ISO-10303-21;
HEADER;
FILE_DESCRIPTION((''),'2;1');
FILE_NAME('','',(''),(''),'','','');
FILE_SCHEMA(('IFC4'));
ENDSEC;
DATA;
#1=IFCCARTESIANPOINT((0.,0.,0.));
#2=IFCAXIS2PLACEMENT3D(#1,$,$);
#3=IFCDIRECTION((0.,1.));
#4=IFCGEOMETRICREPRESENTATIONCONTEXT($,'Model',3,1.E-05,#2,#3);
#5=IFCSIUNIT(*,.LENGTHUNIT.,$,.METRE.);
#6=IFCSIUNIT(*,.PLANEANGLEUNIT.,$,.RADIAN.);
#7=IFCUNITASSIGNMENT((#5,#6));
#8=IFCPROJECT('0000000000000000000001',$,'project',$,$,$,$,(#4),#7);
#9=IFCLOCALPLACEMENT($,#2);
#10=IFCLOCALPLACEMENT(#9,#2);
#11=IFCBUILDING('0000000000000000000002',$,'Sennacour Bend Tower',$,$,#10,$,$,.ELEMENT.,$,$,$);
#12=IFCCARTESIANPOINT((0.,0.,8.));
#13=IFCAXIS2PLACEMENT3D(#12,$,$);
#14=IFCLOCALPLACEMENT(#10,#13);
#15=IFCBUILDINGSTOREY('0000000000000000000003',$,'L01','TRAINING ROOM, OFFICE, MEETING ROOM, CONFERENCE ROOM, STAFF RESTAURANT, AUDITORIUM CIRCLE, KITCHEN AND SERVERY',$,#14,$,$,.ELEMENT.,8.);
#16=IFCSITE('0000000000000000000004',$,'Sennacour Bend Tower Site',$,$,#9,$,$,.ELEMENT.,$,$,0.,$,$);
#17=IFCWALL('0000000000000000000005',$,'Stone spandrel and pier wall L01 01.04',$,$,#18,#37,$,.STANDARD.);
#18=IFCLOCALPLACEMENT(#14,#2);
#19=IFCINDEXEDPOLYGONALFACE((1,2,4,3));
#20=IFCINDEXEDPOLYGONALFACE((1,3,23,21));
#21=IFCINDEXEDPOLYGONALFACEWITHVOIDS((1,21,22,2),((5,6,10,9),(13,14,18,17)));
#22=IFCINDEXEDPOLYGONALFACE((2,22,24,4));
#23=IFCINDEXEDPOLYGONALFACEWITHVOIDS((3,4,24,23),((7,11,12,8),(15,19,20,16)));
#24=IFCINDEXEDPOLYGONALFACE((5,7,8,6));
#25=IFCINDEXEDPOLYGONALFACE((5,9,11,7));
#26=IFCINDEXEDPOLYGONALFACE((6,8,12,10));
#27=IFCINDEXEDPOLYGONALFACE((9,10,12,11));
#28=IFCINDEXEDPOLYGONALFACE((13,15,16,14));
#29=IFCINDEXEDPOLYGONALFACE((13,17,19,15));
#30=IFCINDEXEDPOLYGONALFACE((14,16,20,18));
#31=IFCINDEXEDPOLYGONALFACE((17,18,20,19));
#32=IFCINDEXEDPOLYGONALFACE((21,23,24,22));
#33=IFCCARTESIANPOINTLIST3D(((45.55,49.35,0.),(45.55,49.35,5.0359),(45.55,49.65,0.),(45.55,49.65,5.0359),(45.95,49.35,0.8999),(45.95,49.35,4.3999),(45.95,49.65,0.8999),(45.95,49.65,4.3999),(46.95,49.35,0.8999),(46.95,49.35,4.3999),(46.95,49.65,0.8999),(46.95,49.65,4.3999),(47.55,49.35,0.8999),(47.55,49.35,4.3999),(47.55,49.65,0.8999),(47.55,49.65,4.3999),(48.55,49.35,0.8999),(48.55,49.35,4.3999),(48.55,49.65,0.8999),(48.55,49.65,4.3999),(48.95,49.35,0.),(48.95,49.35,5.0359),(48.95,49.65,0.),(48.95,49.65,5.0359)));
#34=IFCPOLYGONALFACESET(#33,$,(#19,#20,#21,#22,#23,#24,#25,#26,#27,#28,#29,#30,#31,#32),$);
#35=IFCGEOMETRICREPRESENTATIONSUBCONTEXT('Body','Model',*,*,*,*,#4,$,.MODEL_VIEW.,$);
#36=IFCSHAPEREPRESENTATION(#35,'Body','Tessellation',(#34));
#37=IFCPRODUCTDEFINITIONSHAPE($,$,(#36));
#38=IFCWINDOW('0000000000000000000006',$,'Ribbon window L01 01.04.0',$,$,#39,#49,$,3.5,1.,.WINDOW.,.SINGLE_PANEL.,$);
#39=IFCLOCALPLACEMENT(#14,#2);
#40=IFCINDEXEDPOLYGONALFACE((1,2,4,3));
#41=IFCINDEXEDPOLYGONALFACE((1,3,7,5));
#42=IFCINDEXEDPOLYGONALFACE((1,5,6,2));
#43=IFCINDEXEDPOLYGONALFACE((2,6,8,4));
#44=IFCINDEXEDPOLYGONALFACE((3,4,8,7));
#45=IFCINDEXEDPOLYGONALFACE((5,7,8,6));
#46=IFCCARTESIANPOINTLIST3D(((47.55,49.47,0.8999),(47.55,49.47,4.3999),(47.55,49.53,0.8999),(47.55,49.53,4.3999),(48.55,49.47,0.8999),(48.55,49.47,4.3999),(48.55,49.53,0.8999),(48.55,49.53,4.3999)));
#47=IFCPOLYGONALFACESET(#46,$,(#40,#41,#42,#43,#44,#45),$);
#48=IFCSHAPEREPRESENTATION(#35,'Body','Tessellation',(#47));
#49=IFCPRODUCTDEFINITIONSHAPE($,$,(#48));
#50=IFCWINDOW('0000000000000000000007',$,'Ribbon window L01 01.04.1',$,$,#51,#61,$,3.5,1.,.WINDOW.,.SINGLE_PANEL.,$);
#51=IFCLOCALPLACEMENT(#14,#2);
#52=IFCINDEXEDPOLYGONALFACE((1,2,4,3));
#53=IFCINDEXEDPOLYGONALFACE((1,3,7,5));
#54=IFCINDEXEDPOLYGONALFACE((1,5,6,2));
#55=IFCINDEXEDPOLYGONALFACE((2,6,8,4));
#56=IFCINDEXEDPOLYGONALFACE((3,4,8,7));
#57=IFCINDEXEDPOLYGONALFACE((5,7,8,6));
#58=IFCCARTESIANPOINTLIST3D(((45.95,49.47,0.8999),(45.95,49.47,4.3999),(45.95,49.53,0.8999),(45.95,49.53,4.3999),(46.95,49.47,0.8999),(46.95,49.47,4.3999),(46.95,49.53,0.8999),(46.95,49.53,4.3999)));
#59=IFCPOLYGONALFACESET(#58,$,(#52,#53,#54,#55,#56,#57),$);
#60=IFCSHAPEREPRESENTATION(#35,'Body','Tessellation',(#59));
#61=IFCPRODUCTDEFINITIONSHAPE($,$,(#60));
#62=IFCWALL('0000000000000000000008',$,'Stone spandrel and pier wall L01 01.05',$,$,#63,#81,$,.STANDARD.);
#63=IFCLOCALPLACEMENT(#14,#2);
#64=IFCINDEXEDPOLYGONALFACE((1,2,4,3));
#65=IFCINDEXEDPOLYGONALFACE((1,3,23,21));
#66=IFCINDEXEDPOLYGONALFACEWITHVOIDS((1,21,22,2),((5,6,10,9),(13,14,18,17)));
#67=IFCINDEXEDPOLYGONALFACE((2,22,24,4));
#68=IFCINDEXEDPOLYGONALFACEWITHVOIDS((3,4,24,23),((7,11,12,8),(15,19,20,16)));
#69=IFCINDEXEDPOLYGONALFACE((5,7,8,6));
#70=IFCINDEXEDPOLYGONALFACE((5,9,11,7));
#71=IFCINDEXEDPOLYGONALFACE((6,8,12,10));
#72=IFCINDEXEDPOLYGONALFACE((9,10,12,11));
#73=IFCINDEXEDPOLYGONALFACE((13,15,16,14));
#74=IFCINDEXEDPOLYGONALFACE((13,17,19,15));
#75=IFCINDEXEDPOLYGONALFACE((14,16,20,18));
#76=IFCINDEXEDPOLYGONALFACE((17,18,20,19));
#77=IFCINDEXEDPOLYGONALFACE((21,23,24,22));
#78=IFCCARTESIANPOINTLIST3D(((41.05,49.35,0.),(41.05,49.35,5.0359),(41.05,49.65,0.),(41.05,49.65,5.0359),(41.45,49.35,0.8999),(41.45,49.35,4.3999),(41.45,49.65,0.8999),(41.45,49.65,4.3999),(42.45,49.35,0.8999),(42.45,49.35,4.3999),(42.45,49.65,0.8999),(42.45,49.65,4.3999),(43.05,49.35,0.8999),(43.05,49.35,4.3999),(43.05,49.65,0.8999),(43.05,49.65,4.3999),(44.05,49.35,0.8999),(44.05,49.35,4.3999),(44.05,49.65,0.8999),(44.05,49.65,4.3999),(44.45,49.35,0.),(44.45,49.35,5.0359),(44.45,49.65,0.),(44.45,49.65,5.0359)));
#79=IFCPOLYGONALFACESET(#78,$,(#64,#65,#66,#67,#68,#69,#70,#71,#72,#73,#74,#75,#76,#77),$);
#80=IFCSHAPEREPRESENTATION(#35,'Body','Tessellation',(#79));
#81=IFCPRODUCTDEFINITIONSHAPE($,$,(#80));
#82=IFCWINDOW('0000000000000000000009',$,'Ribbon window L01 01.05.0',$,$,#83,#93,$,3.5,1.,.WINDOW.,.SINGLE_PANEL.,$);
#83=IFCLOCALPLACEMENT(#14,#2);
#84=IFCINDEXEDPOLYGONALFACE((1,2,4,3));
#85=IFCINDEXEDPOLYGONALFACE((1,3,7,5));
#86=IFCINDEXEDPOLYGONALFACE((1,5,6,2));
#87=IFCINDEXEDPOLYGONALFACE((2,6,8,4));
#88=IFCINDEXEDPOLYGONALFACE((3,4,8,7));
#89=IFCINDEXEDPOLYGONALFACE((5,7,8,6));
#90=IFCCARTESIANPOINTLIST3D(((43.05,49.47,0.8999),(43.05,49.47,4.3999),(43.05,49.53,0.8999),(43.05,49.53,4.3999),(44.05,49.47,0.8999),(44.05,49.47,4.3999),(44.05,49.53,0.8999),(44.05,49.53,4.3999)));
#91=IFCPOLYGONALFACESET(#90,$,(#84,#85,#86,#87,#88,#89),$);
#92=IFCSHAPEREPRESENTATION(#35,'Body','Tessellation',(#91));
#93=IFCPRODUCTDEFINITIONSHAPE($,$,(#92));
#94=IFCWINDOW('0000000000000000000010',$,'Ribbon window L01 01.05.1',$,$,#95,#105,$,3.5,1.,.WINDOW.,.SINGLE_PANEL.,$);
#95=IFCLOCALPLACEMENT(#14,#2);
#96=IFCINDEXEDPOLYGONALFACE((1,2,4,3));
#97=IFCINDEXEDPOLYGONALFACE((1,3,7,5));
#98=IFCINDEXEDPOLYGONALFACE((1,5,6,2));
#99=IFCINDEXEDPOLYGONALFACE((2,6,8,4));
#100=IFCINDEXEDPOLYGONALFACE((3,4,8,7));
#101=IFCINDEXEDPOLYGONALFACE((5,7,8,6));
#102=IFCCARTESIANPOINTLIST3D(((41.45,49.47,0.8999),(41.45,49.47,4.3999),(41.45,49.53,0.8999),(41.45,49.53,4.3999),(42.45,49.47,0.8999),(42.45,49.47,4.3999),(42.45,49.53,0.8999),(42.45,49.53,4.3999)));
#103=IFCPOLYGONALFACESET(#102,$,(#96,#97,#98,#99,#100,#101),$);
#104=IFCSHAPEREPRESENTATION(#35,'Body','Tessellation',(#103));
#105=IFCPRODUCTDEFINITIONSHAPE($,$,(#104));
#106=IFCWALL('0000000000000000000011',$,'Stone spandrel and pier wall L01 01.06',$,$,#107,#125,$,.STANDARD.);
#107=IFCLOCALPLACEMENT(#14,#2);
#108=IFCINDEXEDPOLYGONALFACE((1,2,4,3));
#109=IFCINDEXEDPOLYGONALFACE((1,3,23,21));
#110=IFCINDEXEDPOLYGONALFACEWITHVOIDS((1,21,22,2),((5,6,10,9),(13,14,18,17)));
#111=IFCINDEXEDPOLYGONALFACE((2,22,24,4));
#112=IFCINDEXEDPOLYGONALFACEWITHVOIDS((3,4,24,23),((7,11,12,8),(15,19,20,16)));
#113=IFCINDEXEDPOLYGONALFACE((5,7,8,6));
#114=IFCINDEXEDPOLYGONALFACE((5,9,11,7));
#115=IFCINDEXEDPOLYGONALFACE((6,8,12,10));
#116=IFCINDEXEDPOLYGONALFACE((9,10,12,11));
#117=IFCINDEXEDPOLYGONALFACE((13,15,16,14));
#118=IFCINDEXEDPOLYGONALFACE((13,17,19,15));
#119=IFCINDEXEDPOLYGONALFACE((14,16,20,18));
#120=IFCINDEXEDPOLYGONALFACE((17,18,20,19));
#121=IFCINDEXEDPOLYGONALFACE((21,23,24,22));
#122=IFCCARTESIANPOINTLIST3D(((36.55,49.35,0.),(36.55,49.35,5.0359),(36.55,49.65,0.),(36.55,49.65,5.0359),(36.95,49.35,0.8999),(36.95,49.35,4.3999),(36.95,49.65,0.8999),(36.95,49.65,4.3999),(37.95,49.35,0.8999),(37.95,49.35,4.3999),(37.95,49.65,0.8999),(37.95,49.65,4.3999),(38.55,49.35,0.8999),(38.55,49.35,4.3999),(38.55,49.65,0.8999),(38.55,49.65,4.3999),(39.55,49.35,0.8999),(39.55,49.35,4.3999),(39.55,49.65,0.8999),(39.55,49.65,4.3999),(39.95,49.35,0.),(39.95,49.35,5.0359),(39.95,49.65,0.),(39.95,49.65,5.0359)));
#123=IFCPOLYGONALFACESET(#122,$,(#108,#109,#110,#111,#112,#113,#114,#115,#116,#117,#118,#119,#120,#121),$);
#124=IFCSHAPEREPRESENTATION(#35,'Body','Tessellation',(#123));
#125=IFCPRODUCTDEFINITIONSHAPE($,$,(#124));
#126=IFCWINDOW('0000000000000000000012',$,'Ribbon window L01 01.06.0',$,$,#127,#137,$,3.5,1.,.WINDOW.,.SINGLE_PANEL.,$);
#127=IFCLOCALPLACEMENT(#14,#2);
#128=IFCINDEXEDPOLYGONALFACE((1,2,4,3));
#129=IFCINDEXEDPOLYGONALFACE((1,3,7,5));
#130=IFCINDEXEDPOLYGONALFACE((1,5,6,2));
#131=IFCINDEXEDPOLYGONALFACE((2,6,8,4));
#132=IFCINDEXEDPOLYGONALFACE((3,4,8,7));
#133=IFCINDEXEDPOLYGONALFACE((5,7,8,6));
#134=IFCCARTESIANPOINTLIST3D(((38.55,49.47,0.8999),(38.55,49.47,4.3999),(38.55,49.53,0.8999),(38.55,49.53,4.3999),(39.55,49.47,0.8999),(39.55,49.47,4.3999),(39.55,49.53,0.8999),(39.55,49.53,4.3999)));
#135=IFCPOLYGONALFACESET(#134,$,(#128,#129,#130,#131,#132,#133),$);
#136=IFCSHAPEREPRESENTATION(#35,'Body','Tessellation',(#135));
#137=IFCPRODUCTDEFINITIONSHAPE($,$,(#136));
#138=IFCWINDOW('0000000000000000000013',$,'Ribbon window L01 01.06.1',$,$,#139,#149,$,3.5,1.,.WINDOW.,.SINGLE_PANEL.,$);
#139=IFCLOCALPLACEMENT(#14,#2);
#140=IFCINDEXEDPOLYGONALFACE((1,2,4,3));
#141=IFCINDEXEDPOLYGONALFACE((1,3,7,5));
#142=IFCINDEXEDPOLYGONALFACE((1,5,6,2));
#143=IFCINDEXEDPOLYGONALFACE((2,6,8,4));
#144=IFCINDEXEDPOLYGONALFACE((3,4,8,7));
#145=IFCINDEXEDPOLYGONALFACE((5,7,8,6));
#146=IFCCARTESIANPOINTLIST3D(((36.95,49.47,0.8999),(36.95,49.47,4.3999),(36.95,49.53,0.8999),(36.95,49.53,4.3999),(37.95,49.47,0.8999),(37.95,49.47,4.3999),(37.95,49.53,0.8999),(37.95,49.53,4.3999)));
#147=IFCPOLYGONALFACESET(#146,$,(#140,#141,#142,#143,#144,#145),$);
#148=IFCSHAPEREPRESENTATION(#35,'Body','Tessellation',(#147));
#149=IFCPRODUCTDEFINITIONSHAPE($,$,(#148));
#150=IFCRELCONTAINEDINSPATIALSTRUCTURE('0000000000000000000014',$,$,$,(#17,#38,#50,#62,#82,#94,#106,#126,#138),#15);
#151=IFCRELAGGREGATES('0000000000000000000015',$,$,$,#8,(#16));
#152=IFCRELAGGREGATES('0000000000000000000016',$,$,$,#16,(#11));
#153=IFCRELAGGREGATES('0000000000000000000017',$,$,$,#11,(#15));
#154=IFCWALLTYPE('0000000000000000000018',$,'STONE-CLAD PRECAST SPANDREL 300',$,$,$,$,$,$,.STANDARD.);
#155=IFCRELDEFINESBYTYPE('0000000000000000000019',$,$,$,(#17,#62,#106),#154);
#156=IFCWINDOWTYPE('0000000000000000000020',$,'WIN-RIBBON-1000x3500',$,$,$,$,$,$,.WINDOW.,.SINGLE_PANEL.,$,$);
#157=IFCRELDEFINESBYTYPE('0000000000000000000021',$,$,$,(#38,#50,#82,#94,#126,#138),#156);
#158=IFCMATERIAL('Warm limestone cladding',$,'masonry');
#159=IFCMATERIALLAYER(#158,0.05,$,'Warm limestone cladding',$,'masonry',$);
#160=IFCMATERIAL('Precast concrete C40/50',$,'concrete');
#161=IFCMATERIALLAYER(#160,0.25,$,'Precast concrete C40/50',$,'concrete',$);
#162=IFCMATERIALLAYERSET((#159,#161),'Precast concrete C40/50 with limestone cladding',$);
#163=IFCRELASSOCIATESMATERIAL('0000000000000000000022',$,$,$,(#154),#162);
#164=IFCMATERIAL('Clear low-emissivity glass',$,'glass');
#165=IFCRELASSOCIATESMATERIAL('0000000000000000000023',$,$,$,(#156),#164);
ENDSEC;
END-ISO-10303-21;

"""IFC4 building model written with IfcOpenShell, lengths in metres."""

from ifc_helpers import new_model, si_unit, direction, frame, frame_2d, origin, place, context, subcontext, project, spatial, rectangle, extrude, material, layer, layer_set, type_object, element, fill, save


model = new_model("IFC4")

# Units and contexts
model_context = context("Model", 3, precision=1e-05, world=origin(), true_north=direction((0.0, 1.0)))
body_context = subcontext(model_context, "Body", "Model", "MODEL_VIEW")
ifc_project = project(units=[si_unit("LENGTHUNIT", "METRE"), si_unit("PLANEANGLEUNIT", "RADIAN")], contexts=[model_context])

# Site, building, storey
site_placement = place(None, origin())
site = spatial("IfcSite", under=ifc_project, at=site_placement, Name="Sennacour Bend Tower Site", CompositionType="ELEMENT", RefElevation=0.0)
building_placement = place(site_placement, origin())
building = spatial("IfcBuilding", under=site, at=building_placement, Name="Sennacour Bend Tower", CompositionType="ELEMENT")
storey_placement = place(building_placement, frame((0.0, 0.0, 8.0)))
storey = spatial("IfcBuildingStorey", under=building, at=storey_placement, Name="L01", Description="TRAINING ROOM, OFFICE, MEETING ROOM, CONFERENCE ROOM, STAFF RESTAURANT, AUDITORIUM CIRCLE, KITCHEN AND SERVERY", CompositionType="ELEMENT", Elevation=8.0)

# Walls, openings, windows
ifc_material_1 = material(Name="Warm limestone cladding", Category="masonry")
ifc_layer_1 = layer(ifc_material_1, 0.05, Name="Warm limestone cladding", Category="masonry")
ifc_material_2 = material(Name="Precast concrete C40/50", Category="concrete")
ifc_layer_2 = layer(ifc_material_2, 0.25, Name="Precast concrete C40/50", Category="concrete")
ifc_layer_set = layer_set([ifc_layer_1, ifc_layer_2], Name="Precast concrete C40/50 with limestone cladding")
wall_type = type_object("IfcWallType", Name="STONE-CLAD PRECAST SPANDREL 300", PredefinedType="STANDARD", material=ifc_layer_set)
ifc_material_3 = material(Name="Clear low-emissivity glass", Category="glass")
window_type = type_object("IfcWindowType", Name="WIN-RIBBON-1000x3500", PartitioningType="SINGLE_PANEL", PredefinedType="WINDOW", material=ifc_material_3)
wall_1_placement = place(storey_placement, frame((48.95, 49.5, 0.0), z_axis=(0.0, 0.0, 1.0), x_axis=(-1.0, 0.0, 0.0)))
wall_1 = element("IfcWall", 1, at=wall_1_placement, inside=storey, type_object=wall_type, Name="Stone spandrel and pier wall L01 01.04", PredefinedType="STANDARD", context=body_context, shape_type="SweptSolid", body=[
    extrude(rectangle(XDim=3.3999, YDim=0.3, at=frame_2d((1.7, 0.0))), origin(), (0.0, 0.0, 1.0), 5.0359),
])
opening_1_placement = place(wall_1_placement, frame((0.3999, 0.0, 0.8999)))
opening_1 = element("IfcOpeningElement", 2, at=opening_1_placement, cuts=wall_1, PredefinedType="OPENING", context=body_context, shape_type="SweptSolid", body=[
    extrude(rectangle(XDim=1.0, YDim=3.5, at=frame_2d((0.5, 1.75))), frame((0.0, 0.1602, 0.0), z_axis=(0.0, -1.0, 0.0), x_axis=(1.0, 0.0, 0.0)), (0.0, 0.0, 1.0), 0.3201),
])
opening_2_placement = place(wall_1_placement, frame((2.0, 0.0, 0.8999)))
opening_2 = element("IfcOpeningElement", 3, at=opening_2_placement, cuts=wall_1, PredefinedType="OPENING", context=body_context, shape_type="SweptSolid", body=[
    extrude(rectangle(XDim=1.0, YDim=3.5, at=frame_2d((0.5, 1.75))), frame((0.0, 0.1602, 0.0), z_axis=(0.0, -1.0, 0.0), x_axis=(1.0, 0.0, 0.0)), (0.0, 0.0, 1.0), 0.3201),
])
window_1_placement = place(opening_1_placement, origin())
window_1 = element("IfcWindow", 4, at=window_1_placement, inside=storey, type_object=window_type, Name="Ribbon window L01 01.04.0", OverallHeight=3.5, OverallWidth=1.0, PartitioningType="SINGLE_PANEL", PredefinedType="WINDOW", context=body_context, shape_type="SweptSolid", body=[
    extrude(rectangle(XDim=1.0, YDim=3.5, at=frame_2d((0.5, 1.75))), frame((0.0, 0.03, 0.0), z_axis=(0.0, -1.0, 0.0), x_axis=(1.0, 0.0, 0.0)), (0.0, 0.0, 1.0), 0.0601),
])
fill(opening_1, window_1)
window_2_placement = place(opening_2_placement, origin())
window_2 = element("IfcWindow", 5, at=window_2_placement, inside=storey, type_object=window_type, Name="Ribbon window L01 01.04.1", OverallHeight=3.5, OverallWidth=1.0, PartitioningType="SINGLE_PANEL", PredefinedType="WINDOW", context=body_context, shape_type="SweptSolid", body=[
    extrude(rectangle(XDim=1.0, YDim=3.5, at=frame_2d((0.5, 1.75))), frame((0.0, 0.03, 0.0), z_axis=(0.0, -1.0, 0.0), x_axis=(1.0, 0.0, 0.0)), (0.0, 0.0, 1.0), 0.0601),
])
fill(opening_2, window_2)
wall_2_placement = place(storey_placement, frame((44.45, 49.5, 0.0), z_axis=(0.0, 0.0, 1.0), x_axis=(-1.0, 0.0, 0.0)))
wall_2 = element("IfcWall", 6, at=wall_2_placement, inside=storey, type_object=wall_type, Name="Stone spandrel and pier wall L01 01.05", PredefinedType="STANDARD", context=body_context, shape_type="SweptSolid", body=[
    extrude(rectangle(XDim=3.3999, YDim=0.3, at=frame_2d((1.7, 0.0))), origin(), (0.0, 0.0, 1.0), 5.0359),
])
opening_3_placement = place(wall_2_placement, frame((0.3999, 0.0, 0.8999)))
opening_3 = element("IfcOpeningElement", 7, at=opening_3_placement, cuts=wall_2, PredefinedType="OPENING", context=body_context, shape_type="SweptSolid", body=[
    extrude(rectangle(XDim=1.0, YDim=3.5, at=frame_2d((0.5, 1.75))), frame((0.0, 0.1602, 0.0), z_axis=(0.0, -1.0, 0.0), x_axis=(1.0, 0.0, 0.0)), (0.0, 0.0, 1.0), 0.3201),
])
opening_4_placement = place(wall_2_placement, frame((2.0, 0.0, 0.8999)))
opening_4 = element("IfcOpeningElement", 8, at=opening_4_placement, cuts=wall_2, PredefinedType="OPENING", context=body_context, shape_type="SweptSolid", body=[
    extrude(rectangle(XDim=1.0, YDim=3.5, at=frame_2d((0.5, 1.75))), frame((0.0, 0.1602, 0.0), z_axis=(0.0, -1.0, 0.0), x_axis=(1.0, 0.0, 0.0)), (0.0, 0.0, 1.0), 0.3201),
])
window_3_placement = place(opening_3_placement, origin())
window_3 = element("IfcWindow", 9, at=window_3_placement, inside=storey, type_object=window_type, Name="Ribbon window L01 01.05.0", OverallHeight=3.5, OverallWidth=1.0, PartitioningType="SINGLE_PANEL", PredefinedType="WINDOW", context=body_context, shape_type="SweptSolid", body=[
    extrude(rectangle(XDim=1.0, YDim=3.5, at=frame_2d((0.5, 1.75))), frame((0.0, 0.03, 0.0), z_axis=(0.0, -1.0, 0.0), x_axis=(1.0, 0.0, 0.0)), (0.0, 0.0, 1.0), 0.0601),
])
fill(opening_3, window_3)
window_4_placement = place(opening_4_placement, origin())
window_4 = element("IfcWindow", 10, at=window_4_placement, inside=storey, type_object=window_type, Name="Ribbon window L01 01.05.1", OverallHeight=3.5, OverallWidth=1.0, PartitioningType="SINGLE_PANEL", PredefinedType="WINDOW", context=body_context, shape_type="SweptSolid", body=[
    extrude(rectangle(XDim=1.0, YDim=3.5, at=frame_2d((0.5, 1.75))), frame((0.0, 0.03, 0.0), z_axis=(0.0, -1.0, 0.0), x_axis=(1.0, 0.0, 0.0)), (0.0, 0.0, 1.0), 0.0601),
])
fill(opening_4, window_4)
wall_3_placement = place(storey_placement, frame((39.95, 49.5, 0.0), z_axis=(0.0, 0.0, 1.0), x_axis=(-1.0, 0.0, 0.0)))
wall_3 = element("IfcWall", 11, at=wall_3_placement, inside=storey, type_object=wall_type, Name="Stone spandrel and pier wall L01 01.06", PredefinedType="STANDARD", context=body_context, shape_type="SweptSolid", body=[
    extrude(rectangle(XDim=3.3999, YDim=0.3, at=frame_2d((1.7, 0.0))), origin(), (0.0, 0.0, 1.0), 5.0359),
])
opening_5_placement = place(wall_3_placement, frame((0.3999, 0.0, 0.8999)))
opening_5 = element("IfcOpeningElement", 12, at=opening_5_placement, cuts=wall_3, PredefinedType="OPENING", context=body_context, shape_type="SweptSolid", body=[
    extrude(rectangle(XDim=1.0, YDim=3.5, at=frame_2d((0.5, 1.75))), frame((0.0, 0.1602, 0.0), z_axis=(0.0, -1.0, 0.0), x_axis=(1.0, 0.0, 0.0)), (0.0, 0.0, 1.0), 0.3201),
])
opening_6_placement = place(wall_3_placement, frame((2.0, 0.0, 0.8999)))
opening_6 = element("IfcOpeningElement", 13, at=opening_6_placement, cuts=wall_3, PredefinedType="OPENING", context=body_context, shape_type="SweptSolid", body=[
    extrude(rectangle(XDim=1.0, YDim=3.5, at=frame_2d((0.5, 1.75))), frame((0.0, 0.1602, 0.0), z_axis=(0.0, -1.0, 0.0), x_axis=(1.0, 0.0, 0.0)), (0.0, 0.0, 1.0), 0.3201),
])
window_5_placement = place(opening_5_placement, origin())
window_5 = element("IfcWindow", 14, at=window_5_placement, inside=storey, type_object=window_type, Name="Ribbon window L01 01.06.0", OverallHeight=3.5, OverallWidth=1.0, PartitioningType="SINGLE_PANEL", PredefinedType="WINDOW", context=body_context, shape_type="SweptSolid", body=[
    extrude(rectangle(XDim=1.0, YDim=3.5, at=frame_2d((0.5, 1.75))), frame((0.0, 0.03, 0.0), z_axis=(0.0, -1.0, 0.0), x_axis=(1.0, 0.0, 0.0)), (0.0, 0.0, 1.0), 0.0601),
])
fill(opening_5, window_5)
window_6_placement = place(opening_6_placement, origin())
window_6 = element("IfcWindow", 15, at=window_6_placement, inside=storey, type_object=window_type, Name="Ribbon window L01 01.06.1", OverallHeight=3.5, OverallWidth=1.0, PartitioningType="SINGLE_PANEL", PredefinedType="WINDOW", context=body_context, shape_type="SweptSolid", body=[
    extrude(rectangle(XDim=1.0, YDim=3.5, at=frame_2d((0.5, 1.75))), frame((0.0, 0.03, 0.0), z_axis=(0.0, -1.0, 0.0), x_axis=(1.0, 0.0, 0.0)), (0.0, 0.0, 1.0), 0.0601),
])
fill(opening_6, window_6)

save(model, "model.ifc")
